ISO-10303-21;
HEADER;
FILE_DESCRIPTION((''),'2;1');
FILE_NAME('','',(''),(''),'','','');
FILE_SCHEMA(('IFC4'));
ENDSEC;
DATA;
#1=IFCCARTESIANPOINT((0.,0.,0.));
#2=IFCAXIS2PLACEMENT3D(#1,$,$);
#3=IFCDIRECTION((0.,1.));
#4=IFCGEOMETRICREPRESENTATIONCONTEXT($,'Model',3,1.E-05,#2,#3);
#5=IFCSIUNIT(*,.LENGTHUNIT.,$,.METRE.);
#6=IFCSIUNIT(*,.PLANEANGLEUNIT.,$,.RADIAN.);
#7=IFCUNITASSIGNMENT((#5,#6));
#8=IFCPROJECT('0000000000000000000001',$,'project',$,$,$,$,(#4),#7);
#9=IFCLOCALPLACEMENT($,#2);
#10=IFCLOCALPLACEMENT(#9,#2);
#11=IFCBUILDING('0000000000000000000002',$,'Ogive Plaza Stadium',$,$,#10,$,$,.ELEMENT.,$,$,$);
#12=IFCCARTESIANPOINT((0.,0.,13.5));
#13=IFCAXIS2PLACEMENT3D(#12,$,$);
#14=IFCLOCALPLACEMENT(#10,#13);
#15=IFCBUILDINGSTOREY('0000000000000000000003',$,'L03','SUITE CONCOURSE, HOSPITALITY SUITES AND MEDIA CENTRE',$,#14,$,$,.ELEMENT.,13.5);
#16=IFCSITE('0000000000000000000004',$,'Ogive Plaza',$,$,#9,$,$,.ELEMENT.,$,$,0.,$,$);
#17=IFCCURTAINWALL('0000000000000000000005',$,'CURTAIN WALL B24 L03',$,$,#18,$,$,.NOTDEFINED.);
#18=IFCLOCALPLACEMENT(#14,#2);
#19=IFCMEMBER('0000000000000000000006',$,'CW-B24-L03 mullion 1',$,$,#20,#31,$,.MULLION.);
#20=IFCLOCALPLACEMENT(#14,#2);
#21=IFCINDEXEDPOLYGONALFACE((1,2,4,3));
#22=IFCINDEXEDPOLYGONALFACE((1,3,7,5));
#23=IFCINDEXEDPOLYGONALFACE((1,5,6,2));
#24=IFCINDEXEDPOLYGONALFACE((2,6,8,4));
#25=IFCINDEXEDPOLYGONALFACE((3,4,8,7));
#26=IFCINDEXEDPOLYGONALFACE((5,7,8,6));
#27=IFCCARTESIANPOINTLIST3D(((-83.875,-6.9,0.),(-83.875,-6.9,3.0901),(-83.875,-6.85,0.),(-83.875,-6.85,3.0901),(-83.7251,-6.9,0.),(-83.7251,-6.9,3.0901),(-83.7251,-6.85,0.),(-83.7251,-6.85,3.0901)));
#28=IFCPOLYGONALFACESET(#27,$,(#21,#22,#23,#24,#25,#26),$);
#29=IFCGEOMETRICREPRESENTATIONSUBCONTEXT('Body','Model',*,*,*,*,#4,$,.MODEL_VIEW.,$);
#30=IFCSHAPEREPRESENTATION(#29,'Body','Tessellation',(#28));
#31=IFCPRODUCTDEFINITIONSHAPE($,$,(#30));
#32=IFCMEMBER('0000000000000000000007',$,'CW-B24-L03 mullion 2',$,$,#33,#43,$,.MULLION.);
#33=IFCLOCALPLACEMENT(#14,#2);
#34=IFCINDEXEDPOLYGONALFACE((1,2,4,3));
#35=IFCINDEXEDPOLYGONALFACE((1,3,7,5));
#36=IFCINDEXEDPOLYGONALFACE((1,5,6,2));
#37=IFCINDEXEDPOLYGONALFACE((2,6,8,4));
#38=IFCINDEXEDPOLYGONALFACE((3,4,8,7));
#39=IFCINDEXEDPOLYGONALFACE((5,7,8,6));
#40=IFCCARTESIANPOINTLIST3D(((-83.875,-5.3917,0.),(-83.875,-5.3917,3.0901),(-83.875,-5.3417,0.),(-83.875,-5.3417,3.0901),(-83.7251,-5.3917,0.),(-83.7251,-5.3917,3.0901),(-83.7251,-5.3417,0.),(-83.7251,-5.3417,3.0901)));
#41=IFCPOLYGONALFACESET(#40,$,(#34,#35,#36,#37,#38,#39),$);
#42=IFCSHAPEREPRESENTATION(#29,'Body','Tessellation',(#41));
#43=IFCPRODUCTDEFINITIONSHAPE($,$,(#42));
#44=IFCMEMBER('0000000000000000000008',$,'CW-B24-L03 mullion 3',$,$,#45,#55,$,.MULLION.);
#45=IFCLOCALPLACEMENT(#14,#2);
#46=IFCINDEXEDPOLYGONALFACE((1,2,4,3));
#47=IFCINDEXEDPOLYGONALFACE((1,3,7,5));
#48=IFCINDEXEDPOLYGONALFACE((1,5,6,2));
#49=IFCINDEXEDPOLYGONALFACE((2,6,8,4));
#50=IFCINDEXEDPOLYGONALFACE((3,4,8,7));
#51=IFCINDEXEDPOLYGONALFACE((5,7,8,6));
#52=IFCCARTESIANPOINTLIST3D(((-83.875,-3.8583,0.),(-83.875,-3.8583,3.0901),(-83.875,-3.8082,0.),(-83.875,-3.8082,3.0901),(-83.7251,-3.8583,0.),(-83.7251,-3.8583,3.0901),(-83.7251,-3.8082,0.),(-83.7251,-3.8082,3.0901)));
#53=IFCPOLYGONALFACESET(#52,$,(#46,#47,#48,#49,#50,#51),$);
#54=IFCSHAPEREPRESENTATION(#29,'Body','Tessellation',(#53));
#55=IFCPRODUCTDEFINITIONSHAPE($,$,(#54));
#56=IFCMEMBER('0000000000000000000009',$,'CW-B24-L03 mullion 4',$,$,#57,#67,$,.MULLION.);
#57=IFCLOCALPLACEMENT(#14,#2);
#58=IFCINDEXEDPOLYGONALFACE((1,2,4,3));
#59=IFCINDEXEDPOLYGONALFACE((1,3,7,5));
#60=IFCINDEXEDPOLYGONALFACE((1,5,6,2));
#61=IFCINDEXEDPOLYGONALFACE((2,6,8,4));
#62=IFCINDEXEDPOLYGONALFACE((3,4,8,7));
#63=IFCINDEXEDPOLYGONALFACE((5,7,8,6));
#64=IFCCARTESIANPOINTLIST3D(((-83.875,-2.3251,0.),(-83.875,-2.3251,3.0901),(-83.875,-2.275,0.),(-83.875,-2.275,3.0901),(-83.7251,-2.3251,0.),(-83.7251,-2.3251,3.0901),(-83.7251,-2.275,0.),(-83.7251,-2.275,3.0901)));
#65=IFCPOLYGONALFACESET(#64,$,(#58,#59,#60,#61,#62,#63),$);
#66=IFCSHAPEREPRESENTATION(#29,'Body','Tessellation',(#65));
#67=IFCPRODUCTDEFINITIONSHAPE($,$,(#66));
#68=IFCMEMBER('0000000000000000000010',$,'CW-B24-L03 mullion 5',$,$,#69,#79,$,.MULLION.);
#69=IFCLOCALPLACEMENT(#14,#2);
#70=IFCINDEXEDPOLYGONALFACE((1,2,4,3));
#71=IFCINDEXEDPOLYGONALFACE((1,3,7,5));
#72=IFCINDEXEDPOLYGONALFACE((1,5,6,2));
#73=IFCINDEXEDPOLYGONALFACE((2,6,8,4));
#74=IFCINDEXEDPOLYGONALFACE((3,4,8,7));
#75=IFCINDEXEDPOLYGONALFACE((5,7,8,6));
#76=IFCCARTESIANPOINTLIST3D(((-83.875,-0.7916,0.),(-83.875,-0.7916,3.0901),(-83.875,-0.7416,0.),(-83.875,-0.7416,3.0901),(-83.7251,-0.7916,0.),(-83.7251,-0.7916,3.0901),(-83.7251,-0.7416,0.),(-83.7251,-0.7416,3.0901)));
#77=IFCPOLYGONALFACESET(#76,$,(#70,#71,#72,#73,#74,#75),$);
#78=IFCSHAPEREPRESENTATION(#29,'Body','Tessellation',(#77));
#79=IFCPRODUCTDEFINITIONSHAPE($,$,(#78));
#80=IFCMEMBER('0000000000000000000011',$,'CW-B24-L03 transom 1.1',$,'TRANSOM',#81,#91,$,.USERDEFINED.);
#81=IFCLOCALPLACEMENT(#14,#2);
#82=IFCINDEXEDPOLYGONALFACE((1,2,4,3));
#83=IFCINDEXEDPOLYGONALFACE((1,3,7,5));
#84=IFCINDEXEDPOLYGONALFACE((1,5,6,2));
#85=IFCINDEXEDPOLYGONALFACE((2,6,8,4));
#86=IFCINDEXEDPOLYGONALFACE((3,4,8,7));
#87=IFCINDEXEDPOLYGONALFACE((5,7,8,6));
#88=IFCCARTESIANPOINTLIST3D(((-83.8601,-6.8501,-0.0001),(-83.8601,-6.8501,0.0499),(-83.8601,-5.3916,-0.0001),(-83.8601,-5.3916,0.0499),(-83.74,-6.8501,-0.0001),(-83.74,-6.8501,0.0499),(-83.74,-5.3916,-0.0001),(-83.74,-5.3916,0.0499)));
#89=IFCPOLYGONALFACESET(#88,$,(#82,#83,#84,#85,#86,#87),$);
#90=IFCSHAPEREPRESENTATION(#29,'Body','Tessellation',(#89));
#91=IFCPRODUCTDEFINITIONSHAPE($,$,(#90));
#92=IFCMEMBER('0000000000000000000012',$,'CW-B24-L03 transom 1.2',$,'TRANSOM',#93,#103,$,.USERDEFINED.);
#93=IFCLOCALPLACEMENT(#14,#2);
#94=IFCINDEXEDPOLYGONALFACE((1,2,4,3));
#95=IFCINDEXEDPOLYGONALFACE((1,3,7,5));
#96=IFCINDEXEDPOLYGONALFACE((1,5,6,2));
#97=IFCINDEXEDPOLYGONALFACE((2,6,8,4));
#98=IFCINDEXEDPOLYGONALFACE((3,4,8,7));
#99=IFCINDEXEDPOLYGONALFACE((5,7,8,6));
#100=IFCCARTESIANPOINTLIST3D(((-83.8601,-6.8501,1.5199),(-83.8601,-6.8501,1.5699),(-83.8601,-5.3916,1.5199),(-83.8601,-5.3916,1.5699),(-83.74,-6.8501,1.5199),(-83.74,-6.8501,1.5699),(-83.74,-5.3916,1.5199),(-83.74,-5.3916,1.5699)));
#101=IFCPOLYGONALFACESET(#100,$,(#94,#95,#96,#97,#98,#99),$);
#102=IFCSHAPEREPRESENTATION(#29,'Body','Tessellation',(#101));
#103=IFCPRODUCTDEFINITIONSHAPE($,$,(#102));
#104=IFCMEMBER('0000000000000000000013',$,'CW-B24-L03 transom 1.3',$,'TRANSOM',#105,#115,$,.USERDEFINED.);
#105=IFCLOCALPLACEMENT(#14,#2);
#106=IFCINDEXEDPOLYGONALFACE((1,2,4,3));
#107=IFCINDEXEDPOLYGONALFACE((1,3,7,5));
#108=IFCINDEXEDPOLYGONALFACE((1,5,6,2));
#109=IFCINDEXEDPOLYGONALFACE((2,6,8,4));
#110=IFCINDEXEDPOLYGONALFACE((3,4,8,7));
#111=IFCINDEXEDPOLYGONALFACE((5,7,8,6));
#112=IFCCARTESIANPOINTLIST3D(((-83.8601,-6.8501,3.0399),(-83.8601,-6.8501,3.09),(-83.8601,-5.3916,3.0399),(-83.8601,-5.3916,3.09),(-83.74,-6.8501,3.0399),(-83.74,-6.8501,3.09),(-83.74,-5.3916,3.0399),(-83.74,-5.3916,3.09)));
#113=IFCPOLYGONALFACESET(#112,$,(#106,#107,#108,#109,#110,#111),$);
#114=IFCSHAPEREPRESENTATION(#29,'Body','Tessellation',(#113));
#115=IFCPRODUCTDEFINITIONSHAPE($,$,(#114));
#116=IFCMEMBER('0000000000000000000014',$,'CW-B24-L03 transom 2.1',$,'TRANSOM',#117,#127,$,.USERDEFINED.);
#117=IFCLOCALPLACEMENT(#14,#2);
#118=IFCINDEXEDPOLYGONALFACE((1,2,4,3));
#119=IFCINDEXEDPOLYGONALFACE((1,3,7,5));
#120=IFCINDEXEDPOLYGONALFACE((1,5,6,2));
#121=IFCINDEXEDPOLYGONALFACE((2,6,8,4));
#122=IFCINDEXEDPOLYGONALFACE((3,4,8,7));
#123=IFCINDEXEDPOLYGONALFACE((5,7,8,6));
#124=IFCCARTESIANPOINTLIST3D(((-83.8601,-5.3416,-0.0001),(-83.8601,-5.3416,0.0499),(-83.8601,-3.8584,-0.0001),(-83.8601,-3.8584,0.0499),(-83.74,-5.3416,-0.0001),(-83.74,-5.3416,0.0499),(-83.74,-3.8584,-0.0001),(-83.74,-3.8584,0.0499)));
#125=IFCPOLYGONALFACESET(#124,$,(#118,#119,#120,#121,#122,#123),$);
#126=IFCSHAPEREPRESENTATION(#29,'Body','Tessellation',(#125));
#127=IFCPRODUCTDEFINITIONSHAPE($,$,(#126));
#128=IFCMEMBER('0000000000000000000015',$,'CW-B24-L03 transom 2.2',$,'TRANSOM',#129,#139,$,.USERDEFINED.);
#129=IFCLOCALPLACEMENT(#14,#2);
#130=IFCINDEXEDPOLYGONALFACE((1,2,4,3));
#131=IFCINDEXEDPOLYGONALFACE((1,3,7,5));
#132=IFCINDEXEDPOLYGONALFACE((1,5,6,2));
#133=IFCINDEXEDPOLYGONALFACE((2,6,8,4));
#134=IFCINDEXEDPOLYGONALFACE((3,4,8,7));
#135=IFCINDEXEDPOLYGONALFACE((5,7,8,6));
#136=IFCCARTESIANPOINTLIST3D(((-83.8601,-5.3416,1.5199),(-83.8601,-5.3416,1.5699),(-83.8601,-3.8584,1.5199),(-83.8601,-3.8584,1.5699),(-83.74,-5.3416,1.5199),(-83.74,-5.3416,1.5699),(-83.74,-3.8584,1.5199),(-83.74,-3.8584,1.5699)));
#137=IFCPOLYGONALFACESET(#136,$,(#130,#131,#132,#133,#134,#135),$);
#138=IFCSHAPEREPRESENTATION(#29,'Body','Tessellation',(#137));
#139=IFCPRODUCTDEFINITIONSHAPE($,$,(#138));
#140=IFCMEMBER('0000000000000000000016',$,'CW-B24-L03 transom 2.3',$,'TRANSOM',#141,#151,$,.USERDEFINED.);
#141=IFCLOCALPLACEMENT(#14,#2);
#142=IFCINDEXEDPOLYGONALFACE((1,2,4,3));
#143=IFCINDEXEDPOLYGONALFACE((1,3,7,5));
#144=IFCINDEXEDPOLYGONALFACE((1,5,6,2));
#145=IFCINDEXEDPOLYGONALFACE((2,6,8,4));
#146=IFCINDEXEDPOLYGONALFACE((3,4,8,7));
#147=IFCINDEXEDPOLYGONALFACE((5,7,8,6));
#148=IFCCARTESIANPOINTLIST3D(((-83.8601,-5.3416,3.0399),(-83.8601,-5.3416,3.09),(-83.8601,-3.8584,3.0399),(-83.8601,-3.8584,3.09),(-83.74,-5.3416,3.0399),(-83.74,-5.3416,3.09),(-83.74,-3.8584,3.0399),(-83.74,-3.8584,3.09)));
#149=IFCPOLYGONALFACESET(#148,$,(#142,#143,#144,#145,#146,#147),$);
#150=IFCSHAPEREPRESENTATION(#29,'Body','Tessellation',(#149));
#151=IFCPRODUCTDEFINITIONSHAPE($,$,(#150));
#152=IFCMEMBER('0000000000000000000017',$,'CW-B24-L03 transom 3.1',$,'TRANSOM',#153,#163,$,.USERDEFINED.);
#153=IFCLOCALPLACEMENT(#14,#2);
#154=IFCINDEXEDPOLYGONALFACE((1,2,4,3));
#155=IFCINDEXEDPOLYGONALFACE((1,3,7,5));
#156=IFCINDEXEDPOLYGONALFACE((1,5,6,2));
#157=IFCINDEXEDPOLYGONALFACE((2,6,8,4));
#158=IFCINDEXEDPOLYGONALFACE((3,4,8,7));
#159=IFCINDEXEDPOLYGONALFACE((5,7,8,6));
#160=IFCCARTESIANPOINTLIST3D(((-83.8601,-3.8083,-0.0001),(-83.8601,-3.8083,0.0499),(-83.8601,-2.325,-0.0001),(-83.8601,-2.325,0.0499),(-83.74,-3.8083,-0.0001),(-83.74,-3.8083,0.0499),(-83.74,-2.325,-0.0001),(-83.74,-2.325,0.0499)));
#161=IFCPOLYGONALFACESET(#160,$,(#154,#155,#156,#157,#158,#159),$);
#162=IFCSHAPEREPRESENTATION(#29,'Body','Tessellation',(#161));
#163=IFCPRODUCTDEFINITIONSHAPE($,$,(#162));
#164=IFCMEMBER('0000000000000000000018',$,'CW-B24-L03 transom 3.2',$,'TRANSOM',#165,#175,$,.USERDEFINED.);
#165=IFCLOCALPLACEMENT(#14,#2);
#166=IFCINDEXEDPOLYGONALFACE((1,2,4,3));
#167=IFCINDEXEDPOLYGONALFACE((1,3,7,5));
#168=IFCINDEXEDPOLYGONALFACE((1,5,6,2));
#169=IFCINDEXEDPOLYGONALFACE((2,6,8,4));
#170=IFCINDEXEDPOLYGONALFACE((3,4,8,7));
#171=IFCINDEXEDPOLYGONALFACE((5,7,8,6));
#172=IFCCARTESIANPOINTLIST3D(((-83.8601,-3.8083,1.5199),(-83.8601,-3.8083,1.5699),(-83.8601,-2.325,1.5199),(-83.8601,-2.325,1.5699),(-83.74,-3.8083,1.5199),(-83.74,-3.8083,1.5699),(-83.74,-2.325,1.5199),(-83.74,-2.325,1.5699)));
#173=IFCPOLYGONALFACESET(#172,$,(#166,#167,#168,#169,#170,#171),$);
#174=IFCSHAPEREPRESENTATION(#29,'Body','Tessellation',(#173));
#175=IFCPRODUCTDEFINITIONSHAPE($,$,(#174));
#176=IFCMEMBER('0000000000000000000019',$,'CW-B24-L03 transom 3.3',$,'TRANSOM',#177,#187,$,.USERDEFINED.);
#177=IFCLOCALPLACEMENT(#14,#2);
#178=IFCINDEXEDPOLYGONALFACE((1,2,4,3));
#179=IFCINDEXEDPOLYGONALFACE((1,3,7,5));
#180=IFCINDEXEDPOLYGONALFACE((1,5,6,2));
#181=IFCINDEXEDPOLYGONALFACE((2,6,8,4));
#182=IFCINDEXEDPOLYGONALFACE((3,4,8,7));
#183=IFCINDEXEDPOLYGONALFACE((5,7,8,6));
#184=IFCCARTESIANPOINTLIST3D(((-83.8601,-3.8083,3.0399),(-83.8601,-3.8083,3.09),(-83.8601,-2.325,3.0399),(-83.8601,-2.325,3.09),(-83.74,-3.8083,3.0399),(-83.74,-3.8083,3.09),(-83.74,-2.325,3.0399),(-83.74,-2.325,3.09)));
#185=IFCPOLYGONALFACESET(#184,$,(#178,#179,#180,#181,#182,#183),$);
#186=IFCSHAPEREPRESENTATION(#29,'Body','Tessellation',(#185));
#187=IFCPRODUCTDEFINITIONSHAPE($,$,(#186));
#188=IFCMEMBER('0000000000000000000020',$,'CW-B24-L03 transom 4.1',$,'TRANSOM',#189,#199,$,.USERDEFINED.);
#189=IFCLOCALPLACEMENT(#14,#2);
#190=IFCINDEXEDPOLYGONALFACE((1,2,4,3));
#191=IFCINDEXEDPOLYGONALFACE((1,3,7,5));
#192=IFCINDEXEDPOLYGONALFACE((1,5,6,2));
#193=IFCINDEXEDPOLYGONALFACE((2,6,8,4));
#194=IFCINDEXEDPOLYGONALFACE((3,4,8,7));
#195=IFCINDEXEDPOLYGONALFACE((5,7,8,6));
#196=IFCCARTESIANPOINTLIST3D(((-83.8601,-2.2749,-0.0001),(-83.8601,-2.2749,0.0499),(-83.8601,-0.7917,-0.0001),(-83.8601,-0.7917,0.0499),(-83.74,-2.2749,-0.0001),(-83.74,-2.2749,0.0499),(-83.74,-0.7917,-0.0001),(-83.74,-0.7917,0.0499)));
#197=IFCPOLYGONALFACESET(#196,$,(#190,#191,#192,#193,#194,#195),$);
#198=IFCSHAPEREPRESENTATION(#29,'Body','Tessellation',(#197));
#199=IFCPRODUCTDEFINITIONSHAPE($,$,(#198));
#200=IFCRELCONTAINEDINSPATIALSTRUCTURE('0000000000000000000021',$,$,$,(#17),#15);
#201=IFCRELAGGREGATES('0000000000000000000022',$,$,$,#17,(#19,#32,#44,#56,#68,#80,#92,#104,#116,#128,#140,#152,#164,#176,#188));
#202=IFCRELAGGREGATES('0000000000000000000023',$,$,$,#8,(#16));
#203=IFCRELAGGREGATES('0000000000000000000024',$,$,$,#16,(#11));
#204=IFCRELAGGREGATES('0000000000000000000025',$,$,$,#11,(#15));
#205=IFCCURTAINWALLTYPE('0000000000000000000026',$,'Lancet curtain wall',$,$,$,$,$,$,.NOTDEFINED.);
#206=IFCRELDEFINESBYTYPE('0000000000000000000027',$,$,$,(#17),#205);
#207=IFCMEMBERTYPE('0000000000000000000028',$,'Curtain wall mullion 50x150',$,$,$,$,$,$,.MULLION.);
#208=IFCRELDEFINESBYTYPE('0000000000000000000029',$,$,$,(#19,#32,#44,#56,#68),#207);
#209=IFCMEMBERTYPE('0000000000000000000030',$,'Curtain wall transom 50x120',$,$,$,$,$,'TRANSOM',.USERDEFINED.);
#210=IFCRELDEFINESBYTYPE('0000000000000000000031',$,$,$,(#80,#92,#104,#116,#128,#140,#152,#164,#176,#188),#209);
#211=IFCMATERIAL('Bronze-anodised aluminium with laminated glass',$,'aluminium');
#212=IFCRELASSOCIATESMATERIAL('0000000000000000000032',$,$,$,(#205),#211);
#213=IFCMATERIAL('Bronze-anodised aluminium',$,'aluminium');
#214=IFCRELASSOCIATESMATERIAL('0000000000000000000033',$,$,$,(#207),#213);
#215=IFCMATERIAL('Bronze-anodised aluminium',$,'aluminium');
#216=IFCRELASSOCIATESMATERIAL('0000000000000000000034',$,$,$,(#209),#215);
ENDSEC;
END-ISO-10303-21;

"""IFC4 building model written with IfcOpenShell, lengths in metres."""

from ifc_helpers import new_model, si_unit, direction, frame, origin, origin_2d, place, context, subcontext, project, spatial, rectangle, extrude, material, material_profile, profile_set, type_object, element, aggregate, save


model = new_model("IFC4")

# Units and contexts
model_context = context("Model", 3, precision=1e-05, world=origin(), true_north=direction((0.0, 1.0)))
body_context = subcontext(model_context, "Body", "Model", "MODEL_VIEW")
ifc_project = project(units=[si_unit("LENGTHUNIT", "METRE"), si_unit("PLANEANGLEUNIT", "RADIAN")], contexts=[model_context])

# Site, building, storey
site_placement = place(None, origin())
site = spatial("IfcSite", under=ifc_project, at=site_placement, Name="Ogive Plaza", CompositionType="ELEMENT", RefElevation=0.0)
building_placement = place(site_placement, origin())
building = spatial("IfcBuilding", under=site, at=building_placement, Name="Ogive Plaza Stadium", CompositionType="ELEMENT")
storey_placement = place(building_placement, frame((0.0, 0.0, 13.5)))
storey = spatial("IfcBuildingStorey", under=building, at=storey_placement, Name="L03", Description="SUITE CONCOURSE, HOSPITALITY SUITES AND MEDIA CENTRE", CompositionType="ELEMENT", Elevation=13.5)

# Curtain wall, members
ifc_material_1 = material(Name="Bronze-anodised aluminium with laminated glass", Category="aluminium")
curtain_wall_type = type_object("IfcCurtainWallType", Name="Lancet curtain wall", PredefinedType="NOTDEFINED", material=ifc_material_1)
curtain_wall_placement = place(storey_placement, origin())
curtain_wall = element("IfcCurtainWall", 1, at=curtain_wall_placement, inside=storey, type_object=curtain_wall_type, Name="CURTAIN WALL B24 L03", PredefinedType="NOTDEFINED")
ifc_material_2 = material(Name="Bronze-anodised aluminium", Category="aluminium")
ifc_material_profile_1 = material_profile(ifc_material_2, rectangle(XDim=0.1499, YDim=0.05, at=origin_2d()), Name="AL 150x50")
ifc_profile_set_1 = profile_set([ifc_material_profile_1], Name="Bronze-anodised aluminium")
member_type_1 = type_object("IfcMemberType", Name="Curtain wall mullion 50x150", PredefinedType="MULLION", material=ifc_profile_set_1)
member_1_placement = place(storey_placement, frame((-83.8, -6.875, 0.0), z_axis=(0.0, 0.0, 1.0), x_axis=(-1.0, 0.0, 0.0)))
member_1 = element("IfcMember", 2, at=member_1_placement, type_object=member_type_1, Name="CW-B24-L03 mullion 1", PredefinedType="MULLION", context=body_context, shape_type="SweptSolid", body=[
    extrude(rectangle(XDim=0.1499, YDim=0.05, at=origin_2d()), origin(), (0.0, 0.0, 1.0), 3.0901),
])
member_2_placement = place(storey_placement, frame((-83.8, -5.3667, 0.0), z_axis=(0.0, 0.0, 1.0), x_axis=(-1.0, 0.0, 0.0)))
member_2 = element("IfcMember", 3, at=member_2_placement, type_object=member_type_1, Name="CW-B24-L03 mullion 2", PredefinedType="MULLION", context=body_context, shape_type="SweptSolid", body=[
    extrude(rectangle(XDim=0.1499, YDim=0.05, at=origin_2d()), origin(), (0.0, 0.0, 1.0), 3.0901),
])
member_3_placement = place(storey_placement, frame((-83.8, -3.8333, 0.0), z_axis=(0.0, 0.0, 1.0), x_axis=(-1.0, 0.0, 0.0)))
member_3 = element("IfcMember", 4, at=member_3_placement, type_object=member_type_1, Name="CW-B24-L03 mullion 3", PredefinedType="MULLION", context=body_context, shape_type="SweptSolid", body=[
    extrude(rectangle(XDim=0.1499, YDim=0.05, at=origin_2d()), origin(), (0.0, 0.0, 1.0), 3.0901),
])
member_4_placement = place(storey_placement, frame((-83.8, -2.3, 0.0), z_axis=(0.0, 0.0, 1.0), x_axis=(-1.0, 0.0, 0.0)))
member_4 = element("IfcMember", 5, at=member_4_placement, type_object=member_type_1, Name="CW-B24-L03 mullion 4", PredefinedType="MULLION", context=body_context, shape_type="SweptSolid", body=[
    extrude(rectangle(XDim=0.1499, YDim=0.05, at=origin_2d()), origin(), (0.0, 0.0, 1.0), 3.0901),
])
member_5_placement = place(storey_placement, frame((-83.8, -0.7666, 0.0), z_axis=(0.0, 0.0, 1.0), x_axis=(-1.0, 0.0, 0.0)))
member_5 = element("IfcMember", 6, at=member_5_placement, type_object=member_type_1, Name="CW-B24-L03 mullion 5", PredefinedType="MULLION", context=body_context, shape_type="SweptSolid", body=[
    extrude(rectangle(XDim=0.1499, YDim=0.05, at=origin_2d()), origin(), (0.0, 0.0, 1.0), 3.0901),
])
ifc_material_3 = material(Name="Bronze-anodised aluminium", Category="aluminium")
ifc_material_profile_2 = material_profile(ifc_material_3, rectangle(XDim=0.1201, YDim=0.05, at=origin_2d()), Name="AL 120x50")
ifc_profile_set_2 = profile_set([ifc_material_profile_2], Name="Bronze-anodised aluminium")
member_type_2 = type_object("IfcMemberType", Name="Curtain wall transom 50x120", ElementType="TRANSOM", PredefinedType="USERDEFINED", material=ifc_profile_set_2)
member_6_placement = place(storey_placement, frame((-83.8, -6.8501, 0.0249), z_axis=(0.0, 1.0, 0.0), x_axis=(-1.0, 0.0, 0.0)))
member_6 = element("IfcMember", 7, at=member_6_placement, type_object=member_type_2, Name="CW-B24-L03 transom 1.1", ObjectType="TRANSOM", PredefinedType="USERDEFINED", context=body_context, shape_type="SweptSolid", body=[
    extrude(rectangle(XDim=0.1201, YDim=0.05, at=origin_2d()), origin(), (0.0, 0.0, 1.0), 1.4585),
])
member_7_placement = place(storey_placement, frame((-83.8, -6.8501, 1.5449), z_axis=(0.0, 1.0, 0.0), x_axis=(-1.0, 0.0, 0.0)))
member_7 = element("IfcMember", 8, at=member_7_placement, type_object=member_type_2, Name="CW-B24-L03 transom 1.2", ObjectType="TRANSOM", PredefinedType="USERDEFINED", context=body_context, shape_type="SweptSolid", body=[
    extrude(rectangle(XDim=0.1201, YDim=0.05, at=origin_2d()), origin(), (0.0, 0.0, 1.0), 1.4585),
])
member_8_placement = place(storey_placement, frame((-83.8, -6.8501, 3.0649), z_axis=(0.0, 1.0, 0.0), x_axis=(-1.0, 0.0, 0.0)))
member_8 = element("IfcMember", 9, at=member_8_placement, type_object=member_type_2, Name="CW-B24-L03 transom 1.3", ObjectType="TRANSOM", PredefinedType="USERDEFINED", context=body_context, shape_type="SweptSolid", body=[
    extrude(rectangle(XDim=0.1201, YDim=0.05, at=origin_2d()), origin(), (0.0, 0.0, 1.0), 1.4585),
])
member_9_placement = place(storey_placement, frame((-83.8, -5.3416, 0.0249), z_axis=(0.0, 1.0, 0.0), x_axis=(-1.0, 0.0, 0.0)))
member_9 = element("IfcMember", 10, at=member_9_placement, type_object=member_type_2, Name="CW-B24-L03 transom 2.1", ObjectType="TRANSOM", PredefinedType="USERDEFINED", context=body_context, shape_type="SweptSolid", body=[
    extrude(rectangle(XDim=0.1201, YDim=0.05, at=origin_2d()), origin(), (0.0, 0.0, 1.0), 1.4832),
])
member_10_placement = place(storey_placement, frame((-83.8, -5.3416, 1.5449), z_axis=(0.0, 1.0, 0.0), x_axis=(-1.0, 0.0, 0.0)))
member_10 = element("IfcMember", 11, at=member_10_placement, type_object=member_type_2, Name="CW-B24-L03 transom 2.2", ObjectType="TRANSOM", PredefinedType="USERDEFINED", context=body_context, shape_type="SweptSolid", body=[
    extrude(rectangle(XDim=0.1201, YDim=0.05, at=origin_2d()), origin(), (0.0, 0.0, 1.0), 1.4832),
])
member_11_placement = place(storey_placement, frame((-83.8, -5.3416, 3.0649), z_axis=(0.0, 1.0, 0.0), x_axis=(-1.0, 0.0, 0.0)))
member_11 = element("IfcMember", 12, at=member_11_placement, type_object=member_type_2, Name="CW-B24-L03 transom 2.3", ObjectType="TRANSOM", PredefinedType="USERDEFINED", context=body_context, shape_type="SweptSolid", body=[
    extrude(rectangle(XDim=0.1201, YDim=0.05, at=origin_2d()), origin(), (0.0, 0.0, 1.0), 1.4832),
])
member_12_placement = place(storey_placement, frame((-83.8, -3.8083, 0.0249), z_axis=(0.0, 1.0, 0.0), x_axis=(-1.0, 0.0, 0.0)))
member_12 = element("IfcMember", 13, at=member_12_placement, type_object=member_type_2, Name="CW-B24-L03 transom 3.1", ObjectType="TRANSOM", PredefinedType="USERDEFINED", context=body_context, shape_type="SweptSolid", body=[
    extrude(rectangle(XDim=0.1201, YDim=0.05, at=origin_2d()), origin(), (0.0, 0.0, 1.0), 1.4834),
])
member_13_placement = place(storey_placement, frame((-83.8, -3.8083, 1.5449), z_axis=(0.0, 1.0, 0.0), x_axis=(-1.0, 0.0, 0.0)))
member_13 = element("IfcMember", 14, at=member_13_placement, type_object=member_type_2, Name="CW-B24-L03 transom 3.2", ObjectType="TRANSOM", PredefinedType="USERDEFINED", context=body_context, shape_type="SweptSolid", body=[
    extrude(rectangle(XDim=0.1201, YDim=0.05, at=origin_2d()), origin(), (0.0, 0.0, 1.0), 1.4834),
])
member_14_placement = place(storey_placement, frame((-83.8, -3.8083, 3.0649), z_axis=(0.0, 1.0, 0.0), x_axis=(-1.0, 0.0, 0.0)))
member_14 = element("IfcMember", 15, at=member_14_placement, type_object=member_type_2, Name="CW-B24-L03 transom 3.3", ObjectType="TRANSOM", PredefinedType="USERDEFINED", context=body_context, shape_type="SweptSolid", body=[
    extrude(rectangle(XDim=0.1201, YDim=0.05, at=origin_2d()), origin(), (0.0, 0.0, 1.0), 1.4834),
])
member_15_placement = place(storey_placement, frame((-83.8, -2.2749, 0.0249), z_axis=(0.0, 1.0, 0.0), x_axis=(-1.0, 0.0, 0.0)))
member_15 = element("IfcMember", 16, at=member_15_placement, type_object=member_type_2, Name="CW-B24-L03 transom 4.1", ObjectType="TRANSOM", PredefinedType="USERDEFINED", context=body_context, shape_type="SweptSolid", body=[
    extrude(rectangle(XDim=0.1201, YDim=0.05, at=origin_2d()), origin(), (0.0, 0.0, 1.0), 1.4832),
])

aggregate(curtain_wall, [member_1, member_2, member_3, member_4, member_5, member_6, member_7, member_8, member_9, member_10, member_11, member_12, member_13, member_14, member_15])

save(model, "model.ifc")
